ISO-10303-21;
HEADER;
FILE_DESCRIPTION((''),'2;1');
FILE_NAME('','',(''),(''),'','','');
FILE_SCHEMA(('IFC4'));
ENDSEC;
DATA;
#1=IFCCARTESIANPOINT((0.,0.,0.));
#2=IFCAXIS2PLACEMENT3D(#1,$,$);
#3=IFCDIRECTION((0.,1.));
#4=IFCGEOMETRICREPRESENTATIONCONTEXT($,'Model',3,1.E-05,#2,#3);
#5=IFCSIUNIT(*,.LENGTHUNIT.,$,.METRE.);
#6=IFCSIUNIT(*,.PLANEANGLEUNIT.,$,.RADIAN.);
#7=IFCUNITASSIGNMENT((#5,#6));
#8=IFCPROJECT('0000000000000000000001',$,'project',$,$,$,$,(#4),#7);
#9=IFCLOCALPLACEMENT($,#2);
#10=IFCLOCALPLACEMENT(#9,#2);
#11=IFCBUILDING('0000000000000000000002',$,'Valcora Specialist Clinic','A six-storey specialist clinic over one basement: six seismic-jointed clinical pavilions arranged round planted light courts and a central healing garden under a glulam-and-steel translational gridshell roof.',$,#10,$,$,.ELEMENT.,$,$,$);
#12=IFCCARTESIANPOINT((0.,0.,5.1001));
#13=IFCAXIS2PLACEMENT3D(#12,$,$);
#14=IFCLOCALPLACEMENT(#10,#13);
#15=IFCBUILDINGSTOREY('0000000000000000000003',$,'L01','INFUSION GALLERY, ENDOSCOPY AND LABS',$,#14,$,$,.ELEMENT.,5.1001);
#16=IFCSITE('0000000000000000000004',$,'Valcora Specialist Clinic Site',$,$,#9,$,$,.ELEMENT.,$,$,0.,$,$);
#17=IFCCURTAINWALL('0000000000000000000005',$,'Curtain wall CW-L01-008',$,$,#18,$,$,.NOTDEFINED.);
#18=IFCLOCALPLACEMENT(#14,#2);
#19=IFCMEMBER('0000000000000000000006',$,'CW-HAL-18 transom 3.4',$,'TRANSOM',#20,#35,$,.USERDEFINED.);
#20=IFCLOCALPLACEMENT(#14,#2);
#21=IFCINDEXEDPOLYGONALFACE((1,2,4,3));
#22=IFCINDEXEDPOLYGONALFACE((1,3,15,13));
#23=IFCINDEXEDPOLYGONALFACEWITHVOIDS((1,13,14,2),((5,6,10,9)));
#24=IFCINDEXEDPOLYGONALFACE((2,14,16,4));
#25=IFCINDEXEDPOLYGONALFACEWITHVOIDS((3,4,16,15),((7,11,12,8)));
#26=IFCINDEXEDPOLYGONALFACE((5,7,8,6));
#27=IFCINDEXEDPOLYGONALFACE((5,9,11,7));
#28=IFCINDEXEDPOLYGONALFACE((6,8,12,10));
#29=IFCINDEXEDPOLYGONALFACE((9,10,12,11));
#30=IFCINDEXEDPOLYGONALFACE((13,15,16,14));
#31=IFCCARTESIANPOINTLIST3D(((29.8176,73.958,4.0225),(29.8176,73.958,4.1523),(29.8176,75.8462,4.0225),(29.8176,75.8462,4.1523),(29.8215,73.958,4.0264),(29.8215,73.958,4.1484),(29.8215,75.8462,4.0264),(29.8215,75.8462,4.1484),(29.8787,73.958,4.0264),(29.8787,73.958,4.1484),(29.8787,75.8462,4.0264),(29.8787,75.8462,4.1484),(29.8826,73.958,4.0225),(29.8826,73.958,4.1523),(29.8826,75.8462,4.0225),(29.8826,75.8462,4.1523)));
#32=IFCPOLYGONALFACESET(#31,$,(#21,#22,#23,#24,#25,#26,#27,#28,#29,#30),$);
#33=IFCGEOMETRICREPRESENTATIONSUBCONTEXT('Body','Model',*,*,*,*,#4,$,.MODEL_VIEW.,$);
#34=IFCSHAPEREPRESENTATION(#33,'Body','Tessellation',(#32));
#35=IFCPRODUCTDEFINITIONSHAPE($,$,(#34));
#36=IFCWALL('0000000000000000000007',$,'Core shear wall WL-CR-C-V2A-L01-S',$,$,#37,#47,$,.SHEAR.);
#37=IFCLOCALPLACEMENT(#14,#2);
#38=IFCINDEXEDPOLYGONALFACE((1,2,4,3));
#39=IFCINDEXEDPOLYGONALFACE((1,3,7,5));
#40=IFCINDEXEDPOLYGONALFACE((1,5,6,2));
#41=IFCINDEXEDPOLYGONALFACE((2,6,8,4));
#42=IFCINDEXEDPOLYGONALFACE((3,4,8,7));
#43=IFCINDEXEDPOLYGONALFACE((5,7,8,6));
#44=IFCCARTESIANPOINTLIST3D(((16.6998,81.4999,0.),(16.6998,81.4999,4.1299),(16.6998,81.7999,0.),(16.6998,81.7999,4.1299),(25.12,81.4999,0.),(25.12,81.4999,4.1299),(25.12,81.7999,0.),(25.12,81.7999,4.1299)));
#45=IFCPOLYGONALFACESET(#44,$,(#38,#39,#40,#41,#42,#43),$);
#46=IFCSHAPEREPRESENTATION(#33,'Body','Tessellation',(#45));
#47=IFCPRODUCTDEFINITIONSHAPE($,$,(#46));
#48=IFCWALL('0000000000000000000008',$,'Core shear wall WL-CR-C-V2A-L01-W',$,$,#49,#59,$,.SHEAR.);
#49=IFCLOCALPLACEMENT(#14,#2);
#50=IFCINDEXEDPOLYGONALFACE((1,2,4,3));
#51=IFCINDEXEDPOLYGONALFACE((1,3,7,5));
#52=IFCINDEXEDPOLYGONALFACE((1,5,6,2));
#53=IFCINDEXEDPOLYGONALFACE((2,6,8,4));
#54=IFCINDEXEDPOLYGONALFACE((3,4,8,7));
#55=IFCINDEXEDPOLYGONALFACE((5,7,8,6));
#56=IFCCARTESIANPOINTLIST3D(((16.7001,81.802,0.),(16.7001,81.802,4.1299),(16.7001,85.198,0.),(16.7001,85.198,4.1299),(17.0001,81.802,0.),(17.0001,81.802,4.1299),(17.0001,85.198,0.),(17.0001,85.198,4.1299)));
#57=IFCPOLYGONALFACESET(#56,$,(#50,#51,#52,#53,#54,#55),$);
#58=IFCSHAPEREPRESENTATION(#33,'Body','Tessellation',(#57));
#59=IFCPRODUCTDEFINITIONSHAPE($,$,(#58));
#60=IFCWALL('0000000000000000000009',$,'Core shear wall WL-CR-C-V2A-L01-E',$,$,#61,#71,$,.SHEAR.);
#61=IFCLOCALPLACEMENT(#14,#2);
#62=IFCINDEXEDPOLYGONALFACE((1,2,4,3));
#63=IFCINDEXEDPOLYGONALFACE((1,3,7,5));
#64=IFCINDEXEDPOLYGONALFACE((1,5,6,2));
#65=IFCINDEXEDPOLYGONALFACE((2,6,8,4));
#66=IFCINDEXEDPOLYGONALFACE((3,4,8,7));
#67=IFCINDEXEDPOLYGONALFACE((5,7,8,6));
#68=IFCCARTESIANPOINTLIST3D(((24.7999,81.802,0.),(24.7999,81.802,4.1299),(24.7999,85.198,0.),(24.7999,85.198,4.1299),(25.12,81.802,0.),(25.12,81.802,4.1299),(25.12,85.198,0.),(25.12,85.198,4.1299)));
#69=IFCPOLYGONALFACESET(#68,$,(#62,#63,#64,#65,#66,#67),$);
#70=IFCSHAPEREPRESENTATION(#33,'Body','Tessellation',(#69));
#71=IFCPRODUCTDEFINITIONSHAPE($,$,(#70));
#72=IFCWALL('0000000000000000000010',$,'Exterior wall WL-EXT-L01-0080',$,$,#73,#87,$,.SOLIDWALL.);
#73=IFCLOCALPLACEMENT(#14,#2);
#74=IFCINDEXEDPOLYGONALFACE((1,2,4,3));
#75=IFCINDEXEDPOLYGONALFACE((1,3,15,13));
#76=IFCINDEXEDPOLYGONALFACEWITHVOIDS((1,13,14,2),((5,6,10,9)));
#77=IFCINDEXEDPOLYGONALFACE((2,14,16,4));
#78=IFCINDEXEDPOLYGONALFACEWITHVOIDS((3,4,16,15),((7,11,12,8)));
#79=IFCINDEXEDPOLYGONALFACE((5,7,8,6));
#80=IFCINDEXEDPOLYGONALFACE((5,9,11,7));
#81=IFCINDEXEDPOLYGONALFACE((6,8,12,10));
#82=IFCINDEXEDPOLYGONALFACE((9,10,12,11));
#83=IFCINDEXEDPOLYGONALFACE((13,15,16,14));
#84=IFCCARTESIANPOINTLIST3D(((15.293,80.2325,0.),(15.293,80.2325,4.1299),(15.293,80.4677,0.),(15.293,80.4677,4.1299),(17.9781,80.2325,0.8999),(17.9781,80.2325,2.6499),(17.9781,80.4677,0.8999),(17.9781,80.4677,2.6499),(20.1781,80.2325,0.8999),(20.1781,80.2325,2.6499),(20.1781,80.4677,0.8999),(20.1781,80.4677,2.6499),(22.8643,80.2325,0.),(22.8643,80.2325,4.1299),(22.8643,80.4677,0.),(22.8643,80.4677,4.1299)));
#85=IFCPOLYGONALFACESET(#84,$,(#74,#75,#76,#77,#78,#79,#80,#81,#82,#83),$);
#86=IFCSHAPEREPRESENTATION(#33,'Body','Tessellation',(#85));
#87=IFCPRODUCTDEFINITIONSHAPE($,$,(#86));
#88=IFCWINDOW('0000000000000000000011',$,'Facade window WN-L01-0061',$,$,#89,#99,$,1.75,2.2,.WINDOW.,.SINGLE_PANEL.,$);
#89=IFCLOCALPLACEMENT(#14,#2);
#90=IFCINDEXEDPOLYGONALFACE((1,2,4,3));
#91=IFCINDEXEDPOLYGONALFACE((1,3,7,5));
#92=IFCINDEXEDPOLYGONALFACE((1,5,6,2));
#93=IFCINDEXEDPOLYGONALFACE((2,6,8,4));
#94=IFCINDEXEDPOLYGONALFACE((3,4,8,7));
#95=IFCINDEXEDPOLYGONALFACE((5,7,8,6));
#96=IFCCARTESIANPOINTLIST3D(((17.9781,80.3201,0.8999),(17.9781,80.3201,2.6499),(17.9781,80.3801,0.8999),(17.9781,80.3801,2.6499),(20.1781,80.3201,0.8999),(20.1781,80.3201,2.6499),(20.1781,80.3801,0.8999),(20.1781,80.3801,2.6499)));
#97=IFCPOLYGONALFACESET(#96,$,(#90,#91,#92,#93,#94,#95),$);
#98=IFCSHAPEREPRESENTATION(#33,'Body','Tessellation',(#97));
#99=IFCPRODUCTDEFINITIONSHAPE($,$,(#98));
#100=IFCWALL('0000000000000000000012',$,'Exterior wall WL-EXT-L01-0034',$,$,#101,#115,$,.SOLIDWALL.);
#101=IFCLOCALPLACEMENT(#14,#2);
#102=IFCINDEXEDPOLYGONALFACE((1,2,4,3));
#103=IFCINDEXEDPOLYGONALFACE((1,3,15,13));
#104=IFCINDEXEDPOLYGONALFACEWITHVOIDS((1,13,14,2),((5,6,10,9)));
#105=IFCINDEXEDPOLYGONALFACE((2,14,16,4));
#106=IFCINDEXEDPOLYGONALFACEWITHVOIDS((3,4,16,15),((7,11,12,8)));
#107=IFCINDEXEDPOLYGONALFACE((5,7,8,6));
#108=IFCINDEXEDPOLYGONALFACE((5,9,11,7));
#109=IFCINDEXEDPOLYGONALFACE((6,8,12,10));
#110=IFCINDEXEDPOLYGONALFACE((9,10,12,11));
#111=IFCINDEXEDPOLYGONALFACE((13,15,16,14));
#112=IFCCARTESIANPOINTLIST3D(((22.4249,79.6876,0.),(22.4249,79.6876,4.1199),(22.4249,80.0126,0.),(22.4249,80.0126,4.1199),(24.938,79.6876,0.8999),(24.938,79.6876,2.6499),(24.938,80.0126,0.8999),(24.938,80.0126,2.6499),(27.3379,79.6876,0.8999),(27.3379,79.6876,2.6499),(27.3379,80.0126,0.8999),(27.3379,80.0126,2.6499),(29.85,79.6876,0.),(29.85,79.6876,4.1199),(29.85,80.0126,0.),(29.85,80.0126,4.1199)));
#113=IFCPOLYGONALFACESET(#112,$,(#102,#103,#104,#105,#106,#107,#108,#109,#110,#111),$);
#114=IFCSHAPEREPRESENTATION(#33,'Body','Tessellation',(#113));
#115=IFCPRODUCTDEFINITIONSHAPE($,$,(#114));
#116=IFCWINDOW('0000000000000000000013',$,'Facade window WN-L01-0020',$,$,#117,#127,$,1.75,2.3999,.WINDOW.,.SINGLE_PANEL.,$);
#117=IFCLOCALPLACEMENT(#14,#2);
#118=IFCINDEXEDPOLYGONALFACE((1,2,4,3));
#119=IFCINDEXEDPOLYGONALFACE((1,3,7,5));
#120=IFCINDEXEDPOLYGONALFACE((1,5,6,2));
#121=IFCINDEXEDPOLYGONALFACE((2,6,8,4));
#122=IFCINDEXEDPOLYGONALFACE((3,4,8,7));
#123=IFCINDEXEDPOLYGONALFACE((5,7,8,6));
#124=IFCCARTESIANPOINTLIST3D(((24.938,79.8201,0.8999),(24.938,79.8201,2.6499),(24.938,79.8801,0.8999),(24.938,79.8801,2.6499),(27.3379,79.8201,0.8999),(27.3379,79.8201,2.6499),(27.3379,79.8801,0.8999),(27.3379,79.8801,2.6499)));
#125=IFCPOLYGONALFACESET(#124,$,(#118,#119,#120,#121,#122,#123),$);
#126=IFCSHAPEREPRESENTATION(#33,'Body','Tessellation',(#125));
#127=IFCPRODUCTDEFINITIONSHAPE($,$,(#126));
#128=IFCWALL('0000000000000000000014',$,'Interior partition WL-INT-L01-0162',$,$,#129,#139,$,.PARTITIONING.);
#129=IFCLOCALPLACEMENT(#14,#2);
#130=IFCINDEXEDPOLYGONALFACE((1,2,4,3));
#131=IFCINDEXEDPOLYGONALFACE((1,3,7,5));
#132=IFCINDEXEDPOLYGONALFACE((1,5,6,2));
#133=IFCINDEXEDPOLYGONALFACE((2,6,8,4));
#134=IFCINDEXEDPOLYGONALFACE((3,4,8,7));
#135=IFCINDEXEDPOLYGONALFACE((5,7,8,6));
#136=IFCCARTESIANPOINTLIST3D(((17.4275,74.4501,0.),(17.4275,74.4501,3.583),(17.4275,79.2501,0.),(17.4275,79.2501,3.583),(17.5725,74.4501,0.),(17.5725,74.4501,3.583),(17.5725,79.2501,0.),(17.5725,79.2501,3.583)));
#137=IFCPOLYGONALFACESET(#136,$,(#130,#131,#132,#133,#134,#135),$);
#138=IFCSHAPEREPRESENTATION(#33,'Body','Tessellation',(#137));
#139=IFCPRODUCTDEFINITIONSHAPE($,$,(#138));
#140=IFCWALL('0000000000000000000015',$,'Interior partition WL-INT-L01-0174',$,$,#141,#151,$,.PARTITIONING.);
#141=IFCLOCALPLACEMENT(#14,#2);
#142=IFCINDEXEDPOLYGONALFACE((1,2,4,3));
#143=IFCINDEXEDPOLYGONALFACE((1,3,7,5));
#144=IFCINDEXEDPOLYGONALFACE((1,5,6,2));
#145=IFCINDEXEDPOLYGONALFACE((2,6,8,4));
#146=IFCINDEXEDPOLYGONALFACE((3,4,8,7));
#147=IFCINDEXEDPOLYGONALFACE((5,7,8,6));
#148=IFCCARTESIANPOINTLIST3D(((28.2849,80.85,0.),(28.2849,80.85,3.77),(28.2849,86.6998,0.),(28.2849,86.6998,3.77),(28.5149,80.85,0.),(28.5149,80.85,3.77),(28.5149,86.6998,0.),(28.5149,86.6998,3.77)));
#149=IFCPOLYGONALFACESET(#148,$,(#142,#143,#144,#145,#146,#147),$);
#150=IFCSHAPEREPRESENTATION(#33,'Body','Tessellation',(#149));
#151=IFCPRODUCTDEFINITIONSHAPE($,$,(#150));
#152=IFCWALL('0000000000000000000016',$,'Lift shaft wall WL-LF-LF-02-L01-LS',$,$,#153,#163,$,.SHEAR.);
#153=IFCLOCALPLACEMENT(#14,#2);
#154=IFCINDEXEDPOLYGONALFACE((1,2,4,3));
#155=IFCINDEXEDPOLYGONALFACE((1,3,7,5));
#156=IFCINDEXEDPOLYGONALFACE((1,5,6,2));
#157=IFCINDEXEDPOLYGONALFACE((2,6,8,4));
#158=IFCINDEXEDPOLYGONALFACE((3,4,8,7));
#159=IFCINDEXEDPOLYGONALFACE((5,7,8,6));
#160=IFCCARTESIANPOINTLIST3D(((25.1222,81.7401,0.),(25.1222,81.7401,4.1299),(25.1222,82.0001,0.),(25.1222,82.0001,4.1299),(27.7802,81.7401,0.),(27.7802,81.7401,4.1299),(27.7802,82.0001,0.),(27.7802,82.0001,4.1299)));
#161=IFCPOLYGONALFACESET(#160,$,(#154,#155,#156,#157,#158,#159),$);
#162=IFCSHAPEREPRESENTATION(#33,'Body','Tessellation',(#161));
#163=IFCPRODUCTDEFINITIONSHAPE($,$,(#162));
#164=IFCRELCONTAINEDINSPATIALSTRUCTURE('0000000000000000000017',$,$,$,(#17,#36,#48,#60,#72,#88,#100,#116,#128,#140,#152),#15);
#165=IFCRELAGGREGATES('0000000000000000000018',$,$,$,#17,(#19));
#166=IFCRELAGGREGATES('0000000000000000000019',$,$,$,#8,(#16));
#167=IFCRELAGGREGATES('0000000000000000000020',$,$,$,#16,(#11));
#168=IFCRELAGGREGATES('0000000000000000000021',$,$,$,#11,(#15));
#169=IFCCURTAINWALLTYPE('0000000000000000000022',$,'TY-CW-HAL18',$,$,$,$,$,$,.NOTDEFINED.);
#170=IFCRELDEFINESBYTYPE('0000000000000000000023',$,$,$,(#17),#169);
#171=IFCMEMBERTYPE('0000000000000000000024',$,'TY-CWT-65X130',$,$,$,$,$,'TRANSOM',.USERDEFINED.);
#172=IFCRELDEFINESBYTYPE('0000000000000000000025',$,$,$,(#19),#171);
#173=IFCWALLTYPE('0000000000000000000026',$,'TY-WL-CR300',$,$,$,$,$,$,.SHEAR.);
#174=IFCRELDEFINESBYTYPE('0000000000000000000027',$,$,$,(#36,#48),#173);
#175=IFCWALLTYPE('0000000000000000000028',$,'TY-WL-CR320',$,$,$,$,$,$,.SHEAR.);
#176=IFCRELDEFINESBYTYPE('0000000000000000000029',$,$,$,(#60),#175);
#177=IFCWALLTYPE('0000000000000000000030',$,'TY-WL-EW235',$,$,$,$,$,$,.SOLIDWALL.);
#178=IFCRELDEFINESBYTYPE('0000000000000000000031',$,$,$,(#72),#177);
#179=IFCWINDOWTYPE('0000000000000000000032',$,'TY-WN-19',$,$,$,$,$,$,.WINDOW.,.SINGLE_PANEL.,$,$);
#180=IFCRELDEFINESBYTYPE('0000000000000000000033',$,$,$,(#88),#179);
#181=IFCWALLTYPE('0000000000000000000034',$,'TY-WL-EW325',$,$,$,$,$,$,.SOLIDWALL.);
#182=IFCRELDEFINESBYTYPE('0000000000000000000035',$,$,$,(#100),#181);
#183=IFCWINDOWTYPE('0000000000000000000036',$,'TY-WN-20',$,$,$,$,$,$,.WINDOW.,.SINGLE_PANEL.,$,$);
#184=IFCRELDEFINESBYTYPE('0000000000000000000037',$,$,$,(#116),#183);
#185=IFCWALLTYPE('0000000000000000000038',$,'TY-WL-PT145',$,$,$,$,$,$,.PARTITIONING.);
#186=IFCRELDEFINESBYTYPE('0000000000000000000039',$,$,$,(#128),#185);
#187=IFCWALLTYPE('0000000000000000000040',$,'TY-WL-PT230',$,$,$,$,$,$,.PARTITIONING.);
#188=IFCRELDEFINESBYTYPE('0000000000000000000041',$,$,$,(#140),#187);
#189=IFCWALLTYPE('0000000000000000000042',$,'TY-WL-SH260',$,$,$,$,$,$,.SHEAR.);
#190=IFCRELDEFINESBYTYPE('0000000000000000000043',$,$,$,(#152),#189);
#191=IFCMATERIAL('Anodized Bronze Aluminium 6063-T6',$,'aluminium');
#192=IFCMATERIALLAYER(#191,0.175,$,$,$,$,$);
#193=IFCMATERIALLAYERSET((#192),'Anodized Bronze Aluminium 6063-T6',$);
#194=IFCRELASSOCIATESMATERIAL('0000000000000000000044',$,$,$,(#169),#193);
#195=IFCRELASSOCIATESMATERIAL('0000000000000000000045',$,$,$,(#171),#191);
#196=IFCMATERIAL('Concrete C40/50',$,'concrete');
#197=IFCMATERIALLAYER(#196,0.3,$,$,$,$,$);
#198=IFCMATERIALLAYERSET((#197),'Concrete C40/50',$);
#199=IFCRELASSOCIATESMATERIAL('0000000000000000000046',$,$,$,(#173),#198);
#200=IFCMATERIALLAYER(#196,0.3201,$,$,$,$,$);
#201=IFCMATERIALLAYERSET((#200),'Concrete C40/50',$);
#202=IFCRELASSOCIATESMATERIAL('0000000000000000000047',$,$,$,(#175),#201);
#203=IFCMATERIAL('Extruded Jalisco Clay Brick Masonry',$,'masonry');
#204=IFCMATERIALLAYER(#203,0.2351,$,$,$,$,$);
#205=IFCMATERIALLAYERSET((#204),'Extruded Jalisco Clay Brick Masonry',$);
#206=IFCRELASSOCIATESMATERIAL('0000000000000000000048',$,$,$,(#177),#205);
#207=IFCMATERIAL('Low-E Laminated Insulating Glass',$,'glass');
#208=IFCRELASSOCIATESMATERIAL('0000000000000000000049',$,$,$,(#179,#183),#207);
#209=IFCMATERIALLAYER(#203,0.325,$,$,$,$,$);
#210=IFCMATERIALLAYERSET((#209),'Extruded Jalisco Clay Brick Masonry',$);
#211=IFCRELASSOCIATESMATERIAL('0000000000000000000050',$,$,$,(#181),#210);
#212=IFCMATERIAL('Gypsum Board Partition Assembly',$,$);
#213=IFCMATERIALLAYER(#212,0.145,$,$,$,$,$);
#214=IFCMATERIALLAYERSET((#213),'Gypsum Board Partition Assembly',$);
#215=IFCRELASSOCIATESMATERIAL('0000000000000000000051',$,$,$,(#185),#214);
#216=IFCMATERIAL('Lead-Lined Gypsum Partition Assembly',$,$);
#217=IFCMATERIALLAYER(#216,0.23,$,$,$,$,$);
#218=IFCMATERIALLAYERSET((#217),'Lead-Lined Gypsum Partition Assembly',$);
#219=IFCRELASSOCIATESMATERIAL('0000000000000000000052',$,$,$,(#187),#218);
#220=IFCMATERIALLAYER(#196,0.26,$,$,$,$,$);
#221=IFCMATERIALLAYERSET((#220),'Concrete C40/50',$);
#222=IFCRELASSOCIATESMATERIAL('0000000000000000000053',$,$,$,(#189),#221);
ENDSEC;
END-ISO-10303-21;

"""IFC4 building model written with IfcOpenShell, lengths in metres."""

from ifc_helpers import new_model, si_unit, direction, frame, frame_2d, origin, origin_2d, place, context, subcontext, project, spatial, rectangle, hollow_rectangle, extrude, material, layer, layer_set, material_profile, profile_set, type_object, element, fill, aggregate, save


model = new_model("IFC4")

# Units and contexts
model_context = context("Model", 3, precision=1e-05, world=origin(), true_north=direction((0.0, 1.0)))
body_context = subcontext(model_context, "Body", "Model", "MODEL_VIEW")
ifc_project = project(units=[si_unit("LENGTHUNIT", "METRE"), si_unit("PLANEANGLEUNIT", "RADIAN")], contexts=[model_context])

# Site, building, storey
site_placement = place(None, origin())
site = spatial("IfcSite", under=ifc_project, at=site_placement, Name="Valcora Specialist Clinic Site", CompositionType="ELEMENT", RefElevation=0.0)
building_placement = place(site_placement, origin())
building = spatial("IfcBuilding", under=site, at=building_placement, Name="Valcora Specialist Clinic", Description="A six-storey specialist clinic over one basement: six seismic-jointed clinical pavilions arranged round planted light courts and a central healing garden under a glulam-and-steel translational gridshell roof.", CompositionType="ELEMENT")
storey_placement = place(building_placement, frame((0.0, 0.0, 5.1001)))
storey = spatial("IfcBuildingStorey", under=building, at=storey_placement, Name="L01", Description="INFUSION GALLERY, ENDOSCOPY AND LABS", CompositionType="ELEMENT", Elevation=5.1001)

# Shared definitions
ifc_material_1 = material(Name="Concrete C40/50", Category="concrete")

# Curtain wall, member
ifc_material_2 = material(Name="Anodized Bronze Aluminium 6063-T6", Category="aluminium")
ifc_layer_1 = layer(ifc_material_2, 0.175)
ifc_layer_set_1 = layer_set([ifc_layer_1], Name="Anodized Bronze Aluminium 6063-T6")
curtain_wall_type = type_object("IfcCurtainWallType", Name="TY-CW-HAL18", PredefinedType="NOTDEFINED", material=ifc_layer_set_1)
curtain_wall_placement = place(storey_placement, origin())
curtain_wall = element("IfcCurtainWall", 1, at=curtain_wall_placement, inside=storey, type_object=curtain_wall_type, Name="Curtain wall CW-L01-008", PredefinedType="NOTDEFINED")
ifc_material_profile_1 = material_profile(ifc_material_2, hollow_rectangle(XDim=0.0649, YDim=0.1299, WallThickness=0.0039, at=origin_2d()), Name="AL-TRN-65X130")
ifc_profile_set_1 = profile_set([ifc_material_profile_1], Name="Anodized Bronze Aluminium 6063-T6")
member_type_1 = type_object("IfcMemberType", Name="TY-CWT-65X130", ElementType="TRANSOM", PredefinedType="USERDEFINED", material=ifc_profile_set_1)
member_1_placement = place(storey_placement, frame((29.8501, 75.8462, 4.0874), z_axis=(0.0, -1.0, 0.0), x_axis=(1.0, 0.0, 0.0)))
member_1 = element("IfcMember", 2, at=member_1_placement, type_object=member_type_1, Name="CW-HAL-18 transom 3.4", ObjectType="TRANSOM", PredefinedType="USERDEFINED", context=body_context, shape_type="SweptSolid", body=[
    extrude(hollow_rectangle(XDim=0.0649, YDim=0.1299, WallThickness=0.0039, at=origin_2d()), origin(), (0.0, 0.0, 1.0), 1.8882),
])
aggregate(curtain_wall, [member_1])

# Walls
ifc_layer_2 = layer(ifc_material_1, 0.3)
ifc_layer_set_2 = layer_set([ifc_layer_2], Name="Concrete C40/50")
wall_type_1 = type_object("IfcWallType", Name="TY-WL-CR300", PredefinedType="SHEAR", material=ifc_layer_set_2)
wall_1_placement = place(storey_placement, frame((16.7, 81.6499, 0.0), z_axis=(0.0, 0.0, 1.0), x_axis=(1.0, 0.0, 0.0)))
element("IfcWall", 3, at=wall_1_placement, inside=storey, type_object=wall_type_1, Name="Core shear wall WL-CR-C-V2A-L01-S", PredefinedType="SHEAR", context=body_context, shape_type="SweptSolid", body=[
    extrude(rectangle(XDim=8.4202, YDim=0.3, at=frame_2d((4.21, 0.0))), origin(), (0.0, 0.0, 1.0), 4.1299),
])
wall_2_placement = place(storey_placement, frame((16.8501, 81.802, 0.0), z_axis=(0.0, 0.0, 1.0), x_axis=(0.0, 1.0, 0.0)))
element("IfcWall", 4, at=wall_2_placement, inside=storey, type_object=wall_type_1, Name="Core shear wall WL-CR-C-V2A-L01-W", PredefinedType="SHEAR", context=body_context, shape_type="SweptSolid", body=[
    extrude(rectangle(XDim=3.396, YDim=0.3, at=frame_2d((1.698, 0.0))), origin(), (0.0, 0.0, 1.0), 4.1299),
])
ifc_layer_3 = layer(ifc_material_1, 0.3201)
ifc_layer_set_3 = layer_set([ifc_layer_3], Name="Concrete C40/50")
wall_type_2 = type_object("IfcWallType", Name="TY-WL-CR320", PredefinedType="SHEAR", material=ifc_layer_set_3)
wall_3_placement = place(storey_placement, frame((24.96, 81.802, 0.0), z_axis=(0.0, 0.0, 1.0), x_axis=(0.0, 1.0, 0.0)))
element("IfcWall", 5, at=wall_3_placement, inside=storey, type_object=wall_type_2, Name="Core shear wall WL-CR-C-V2A-L01-E", PredefinedType="SHEAR", context=body_context, shape_type="SweptSolid", body=[
    extrude(rectangle(XDim=3.396, YDim=0.3201, at=frame_2d((1.698, 0.0))), origin(), (0.0, 0.0, 1.0), 4.1299),
])

# Walls, openings, windows
ifc_material_3 = material(Name="Extruded Jalisco Clay Brick Masonry", Category="masonry")
ifc_layer_4 = layer(ifc_material_3, 0.2351)
ifc_layer_set_4 = layer_set([ifc_layer_4], Name="Extruded Jalisco Clay Brick Masonry")
wall_type_3 = type_object("IfcWallType", Name="TY-WL-EW235", PredefinedType="SOLIDWALL", material=ifc_layer_set_4)
wall_4_placement = place(storey_placement, frame((22.8643, 80.3501, 0.0), z_axis=(0.0, 0.0, 1.0), x_axis=(-1.0, 0.0, 0.0)))
wall_4 = element("IfcWall", 6, at=wall_4_placement, inside=storey, type_object=wall_type_3, Name="Exterior wall WL-EXT-L01-0080", PredefinedType="SOLIDWALL", context=body_context, shape_type="SweptSolid", body=[
    extrude(rectangle(XDim=7.5713, YDim=0.2351, at=frame_2d((3.7856, 0.0))), origin(), (0.0, 0.0, 1.0), 4.1299),
])
opening_1_placement = place(wall_4_placement, frame((2.686, 0.0, 0.8999)))
opening_1 = element("IfcOpeningElement", 7, at=opening_1_placement, cuts=wall_4, PredefinedType="OPENING", context=body_context, shape_type="SweptSolid", body=[
    extrude(rectangle(XDim=2.2, YDim=1.75, at=frame_2d((1.1001, 0.875))), frame((0.0, 0.1274, 0.0), z_axis=(0.0, -1.0, 0.0), x_axis=(1.0, 0.0, 0.0)), (0.0, 0.0, 1.0), 0.2551),
])
ifc_material_4 = material(Name="Low-E Laminated Insulating Glass", Category="glass")
window_type_1 = type_object("IfcWindowType", Name="TY-WN-19", PartitioningType="SINGLE_PANEL", PredefinedType="WINDOW", material=ifc_material_4)
window_1_placement = place(opening_1_placement, origin())
window_1 = element("IfcWindow", 8, at=window_1_placement, inside=storey, type_object=window_type_1, Name="Facade window WN-L01-0061", OverallHeight=1.75, OverallWidth=2.2, PartitioningType="SINGLE_PANEL", PredefinedType="WINDOW", context=body_context, shape_type="SweptSolid", body=[
    extrude(rectangle(XDim=2.2, YDim=1.75, at=frame_2d((1.1001, 0.875))), frame((0.0, 0.03, 0.0), z_axis=(0.0, -1.0, 0.0), x_axis=(1.0, 0.0, 0.0)), (0.0, 0.0, 1.0), 0.0601),
])
fill(opening_1, window_1)
ifc_layer_5 = layer(ifc_material_3, 0.325)
ifc_layer_set_5 = layer_set([ifc_layer_5], Name="Extruded Jalisco Clay Brick Masonry")
wall_type_4 = type_object("IfcWallType", Name="TY-WL-EW325", PredefinedType="SOLIDWALL", material=ifc_layer_set_5)
wall_5_placement = place(storey_placement, frame((22.425, 79.8501, 0.0), z_axis=(0.0, 0.0, 1.0), x_axis=(1.0, 0.0, 0.0)))
wall_5 = element("IfcWall", 9, at=wall_5_placement, inside=storey, type_object=wall_type_4, Name="Exterior wall WL-EXT-L01-0034", PredefinedType="SOLIDWALL", context=body_context, shape_type="SweptSolid", body=[
    extrude(rectangle(XDim=7.425, YDim=0.325, at=frame_2d((3.7124, 0.0))), origin(), (0.0, 0.0, 1.0), 4.1199),
])
opening_2_placement = place(wall_5_placement, frame((2.5129, 0.0, 0.8999)))
opening_2 = element("IfcOpeningElement", 10, at=opening_2_placement, cuts=wall_5, PredefinedType="OPENING", context=body_context, shape_type="SweptSolid", body=[
    extrude(rectangle(XDim=2.3999, YDim=1.75, at=frame_2d((1.2, 0.875))), frame((0.0, 0.1724, 0.0), z_axis=(0.0, -1.0, 0.0), x_axis=(1.0, 0.0, 0.0)), (0.0, 0.0, 1.0), 0.345),
])
window_type_2 = type_object("IfcWindowType", Name="TY-WN-20", PartitioningType="SINGLE_PANEL", PredefinedType="WINDOW", material=ifc_material_4)
window_2_placement = place(opening_2_placement, origin())
window_2 = element("IfcWindow", 11, at=window_2_placement, inside=storey, type_object=window_type_2, Name="Facade window WN-L01-0020", OverallHeight=1.75, OverallWidth=2.3999, PartitioningType="SINGLE_PANEL", PredefinedType="WINDOW", context=body_context, shape_type="SweptSolid", body=[
    extrude(rectangle(XDim=2.3999, YDim=1.75, at=frame_2d((1.2, 0.875))), frame((0.0, 0.03, 0.0), z_axis=(0.0, -1.0, 0.0), x_axis=(1.0, 0.0, 0.0)), (0.0, 0.0, 1.0), 0.0601),
])
fill(opening_2, window_2)

# Walls
ifc_material_5 = material(Name="Gypsum Board Partition Assembly")
ifc_layer_6 = layer(ifc_material_5, 0.145)
ifc_layer_set_6 = layer_set([ifc_layer_6], Name="Gypsum Board Partition Assembly")
wall_type_5 = type_object("IfcWallType", Name="TY-WL-PT145", PredefinedType="PARTITIONING", material=ifc_layer_set_6)
wall_6_placement = place(storey_placement, frame((17.5, 79.25, 0.0), z_axis=(0.0, 0.0, 1.0), x_axis=(0.0, -1.0, 0.0)))
element("IfcWall", 12, at=wall_6_placement, inside=storey, type_object=wall_type_5, Name="Interior partition WL-INT-L01-0162", PredefinedType="PARTITIONING", context=body_context, shape_type="SweptSolid", body=[
    extrude(rectangle(XDim=4.8, YDim=0.145, at=frame_2d((2.3999, 0.0))), origin(), (0.0, 0.0, 1.0), 3.583),
])
ifc_material_6 = material(Name="Lead-Lined Gypsum Partition Assembly")
ifc_layer_7 = layer(ifc_material_6, 0.23)
ifc_layer_set_7 = layer_set([ifc_layer_7], Name="Lead-Lined Gypsum Partition Assembly")
wall_type_6 = type_object("IfcWallType", Name="TY-WL-PT230", PredefinedType="PARTITIONING", material=ifc_layer_set_7)
wall_7_placement = place(storey_placement, frame((28.3999, 80.8501, 0.0), z_axis=(0.0, 0.0, 1.0), x_axis=(0.0, 1.0, 0.0)))
element("IfcWall", 13, at=wall_7_placement, inside=storey, type_object=wall_type_6, Name="Interior partition WL-INT-L01-0174", PredefinedType="PARTITIONING", context=body_context, shape_type="SweptSolid", body=[
    extrude(rectangle(XDim=5.8499, YDim=0.23, at=frame_2d((2.9248, 0.0))), origin(), (0.0, 0.0, 1.0), 3.77),
])
ifc_layer_8 = layer(ifc_material_1, 0.26)
ifc_layer_set_8 = layer_set([ifc_layer_8], Name="Concrete C40/50")
wall_type_7 = type_object("IfcWallType", Name="TY-WL-SH260", PredefinedType="SHEAR", material=ifc_layer_set_8)
wall_8_placement = place(storey_placement, frame((25.1221, 81.8701, 0.0), z_axis=(0.0, 0.0, 1.0), x_axis=(1.0, 0.0, 0.0)))
element("IfcWall", 14, at=wall_8_placement, inside=storey, type_object=wall_type_7, Name="Lift shaft wall WL-LF-LF-02-L01-LS", PredefinedType="SHEAR", context=body_context, shape_type="SweptSolid", body=[
    extrude(rectangle(XDim=2.658, YDim=0.26, at=frame_2d((1.3291, 0.0))), origin(), (0.0, 0.0, 1.0), 4.1299),
])

save(model, "model.ifc")
